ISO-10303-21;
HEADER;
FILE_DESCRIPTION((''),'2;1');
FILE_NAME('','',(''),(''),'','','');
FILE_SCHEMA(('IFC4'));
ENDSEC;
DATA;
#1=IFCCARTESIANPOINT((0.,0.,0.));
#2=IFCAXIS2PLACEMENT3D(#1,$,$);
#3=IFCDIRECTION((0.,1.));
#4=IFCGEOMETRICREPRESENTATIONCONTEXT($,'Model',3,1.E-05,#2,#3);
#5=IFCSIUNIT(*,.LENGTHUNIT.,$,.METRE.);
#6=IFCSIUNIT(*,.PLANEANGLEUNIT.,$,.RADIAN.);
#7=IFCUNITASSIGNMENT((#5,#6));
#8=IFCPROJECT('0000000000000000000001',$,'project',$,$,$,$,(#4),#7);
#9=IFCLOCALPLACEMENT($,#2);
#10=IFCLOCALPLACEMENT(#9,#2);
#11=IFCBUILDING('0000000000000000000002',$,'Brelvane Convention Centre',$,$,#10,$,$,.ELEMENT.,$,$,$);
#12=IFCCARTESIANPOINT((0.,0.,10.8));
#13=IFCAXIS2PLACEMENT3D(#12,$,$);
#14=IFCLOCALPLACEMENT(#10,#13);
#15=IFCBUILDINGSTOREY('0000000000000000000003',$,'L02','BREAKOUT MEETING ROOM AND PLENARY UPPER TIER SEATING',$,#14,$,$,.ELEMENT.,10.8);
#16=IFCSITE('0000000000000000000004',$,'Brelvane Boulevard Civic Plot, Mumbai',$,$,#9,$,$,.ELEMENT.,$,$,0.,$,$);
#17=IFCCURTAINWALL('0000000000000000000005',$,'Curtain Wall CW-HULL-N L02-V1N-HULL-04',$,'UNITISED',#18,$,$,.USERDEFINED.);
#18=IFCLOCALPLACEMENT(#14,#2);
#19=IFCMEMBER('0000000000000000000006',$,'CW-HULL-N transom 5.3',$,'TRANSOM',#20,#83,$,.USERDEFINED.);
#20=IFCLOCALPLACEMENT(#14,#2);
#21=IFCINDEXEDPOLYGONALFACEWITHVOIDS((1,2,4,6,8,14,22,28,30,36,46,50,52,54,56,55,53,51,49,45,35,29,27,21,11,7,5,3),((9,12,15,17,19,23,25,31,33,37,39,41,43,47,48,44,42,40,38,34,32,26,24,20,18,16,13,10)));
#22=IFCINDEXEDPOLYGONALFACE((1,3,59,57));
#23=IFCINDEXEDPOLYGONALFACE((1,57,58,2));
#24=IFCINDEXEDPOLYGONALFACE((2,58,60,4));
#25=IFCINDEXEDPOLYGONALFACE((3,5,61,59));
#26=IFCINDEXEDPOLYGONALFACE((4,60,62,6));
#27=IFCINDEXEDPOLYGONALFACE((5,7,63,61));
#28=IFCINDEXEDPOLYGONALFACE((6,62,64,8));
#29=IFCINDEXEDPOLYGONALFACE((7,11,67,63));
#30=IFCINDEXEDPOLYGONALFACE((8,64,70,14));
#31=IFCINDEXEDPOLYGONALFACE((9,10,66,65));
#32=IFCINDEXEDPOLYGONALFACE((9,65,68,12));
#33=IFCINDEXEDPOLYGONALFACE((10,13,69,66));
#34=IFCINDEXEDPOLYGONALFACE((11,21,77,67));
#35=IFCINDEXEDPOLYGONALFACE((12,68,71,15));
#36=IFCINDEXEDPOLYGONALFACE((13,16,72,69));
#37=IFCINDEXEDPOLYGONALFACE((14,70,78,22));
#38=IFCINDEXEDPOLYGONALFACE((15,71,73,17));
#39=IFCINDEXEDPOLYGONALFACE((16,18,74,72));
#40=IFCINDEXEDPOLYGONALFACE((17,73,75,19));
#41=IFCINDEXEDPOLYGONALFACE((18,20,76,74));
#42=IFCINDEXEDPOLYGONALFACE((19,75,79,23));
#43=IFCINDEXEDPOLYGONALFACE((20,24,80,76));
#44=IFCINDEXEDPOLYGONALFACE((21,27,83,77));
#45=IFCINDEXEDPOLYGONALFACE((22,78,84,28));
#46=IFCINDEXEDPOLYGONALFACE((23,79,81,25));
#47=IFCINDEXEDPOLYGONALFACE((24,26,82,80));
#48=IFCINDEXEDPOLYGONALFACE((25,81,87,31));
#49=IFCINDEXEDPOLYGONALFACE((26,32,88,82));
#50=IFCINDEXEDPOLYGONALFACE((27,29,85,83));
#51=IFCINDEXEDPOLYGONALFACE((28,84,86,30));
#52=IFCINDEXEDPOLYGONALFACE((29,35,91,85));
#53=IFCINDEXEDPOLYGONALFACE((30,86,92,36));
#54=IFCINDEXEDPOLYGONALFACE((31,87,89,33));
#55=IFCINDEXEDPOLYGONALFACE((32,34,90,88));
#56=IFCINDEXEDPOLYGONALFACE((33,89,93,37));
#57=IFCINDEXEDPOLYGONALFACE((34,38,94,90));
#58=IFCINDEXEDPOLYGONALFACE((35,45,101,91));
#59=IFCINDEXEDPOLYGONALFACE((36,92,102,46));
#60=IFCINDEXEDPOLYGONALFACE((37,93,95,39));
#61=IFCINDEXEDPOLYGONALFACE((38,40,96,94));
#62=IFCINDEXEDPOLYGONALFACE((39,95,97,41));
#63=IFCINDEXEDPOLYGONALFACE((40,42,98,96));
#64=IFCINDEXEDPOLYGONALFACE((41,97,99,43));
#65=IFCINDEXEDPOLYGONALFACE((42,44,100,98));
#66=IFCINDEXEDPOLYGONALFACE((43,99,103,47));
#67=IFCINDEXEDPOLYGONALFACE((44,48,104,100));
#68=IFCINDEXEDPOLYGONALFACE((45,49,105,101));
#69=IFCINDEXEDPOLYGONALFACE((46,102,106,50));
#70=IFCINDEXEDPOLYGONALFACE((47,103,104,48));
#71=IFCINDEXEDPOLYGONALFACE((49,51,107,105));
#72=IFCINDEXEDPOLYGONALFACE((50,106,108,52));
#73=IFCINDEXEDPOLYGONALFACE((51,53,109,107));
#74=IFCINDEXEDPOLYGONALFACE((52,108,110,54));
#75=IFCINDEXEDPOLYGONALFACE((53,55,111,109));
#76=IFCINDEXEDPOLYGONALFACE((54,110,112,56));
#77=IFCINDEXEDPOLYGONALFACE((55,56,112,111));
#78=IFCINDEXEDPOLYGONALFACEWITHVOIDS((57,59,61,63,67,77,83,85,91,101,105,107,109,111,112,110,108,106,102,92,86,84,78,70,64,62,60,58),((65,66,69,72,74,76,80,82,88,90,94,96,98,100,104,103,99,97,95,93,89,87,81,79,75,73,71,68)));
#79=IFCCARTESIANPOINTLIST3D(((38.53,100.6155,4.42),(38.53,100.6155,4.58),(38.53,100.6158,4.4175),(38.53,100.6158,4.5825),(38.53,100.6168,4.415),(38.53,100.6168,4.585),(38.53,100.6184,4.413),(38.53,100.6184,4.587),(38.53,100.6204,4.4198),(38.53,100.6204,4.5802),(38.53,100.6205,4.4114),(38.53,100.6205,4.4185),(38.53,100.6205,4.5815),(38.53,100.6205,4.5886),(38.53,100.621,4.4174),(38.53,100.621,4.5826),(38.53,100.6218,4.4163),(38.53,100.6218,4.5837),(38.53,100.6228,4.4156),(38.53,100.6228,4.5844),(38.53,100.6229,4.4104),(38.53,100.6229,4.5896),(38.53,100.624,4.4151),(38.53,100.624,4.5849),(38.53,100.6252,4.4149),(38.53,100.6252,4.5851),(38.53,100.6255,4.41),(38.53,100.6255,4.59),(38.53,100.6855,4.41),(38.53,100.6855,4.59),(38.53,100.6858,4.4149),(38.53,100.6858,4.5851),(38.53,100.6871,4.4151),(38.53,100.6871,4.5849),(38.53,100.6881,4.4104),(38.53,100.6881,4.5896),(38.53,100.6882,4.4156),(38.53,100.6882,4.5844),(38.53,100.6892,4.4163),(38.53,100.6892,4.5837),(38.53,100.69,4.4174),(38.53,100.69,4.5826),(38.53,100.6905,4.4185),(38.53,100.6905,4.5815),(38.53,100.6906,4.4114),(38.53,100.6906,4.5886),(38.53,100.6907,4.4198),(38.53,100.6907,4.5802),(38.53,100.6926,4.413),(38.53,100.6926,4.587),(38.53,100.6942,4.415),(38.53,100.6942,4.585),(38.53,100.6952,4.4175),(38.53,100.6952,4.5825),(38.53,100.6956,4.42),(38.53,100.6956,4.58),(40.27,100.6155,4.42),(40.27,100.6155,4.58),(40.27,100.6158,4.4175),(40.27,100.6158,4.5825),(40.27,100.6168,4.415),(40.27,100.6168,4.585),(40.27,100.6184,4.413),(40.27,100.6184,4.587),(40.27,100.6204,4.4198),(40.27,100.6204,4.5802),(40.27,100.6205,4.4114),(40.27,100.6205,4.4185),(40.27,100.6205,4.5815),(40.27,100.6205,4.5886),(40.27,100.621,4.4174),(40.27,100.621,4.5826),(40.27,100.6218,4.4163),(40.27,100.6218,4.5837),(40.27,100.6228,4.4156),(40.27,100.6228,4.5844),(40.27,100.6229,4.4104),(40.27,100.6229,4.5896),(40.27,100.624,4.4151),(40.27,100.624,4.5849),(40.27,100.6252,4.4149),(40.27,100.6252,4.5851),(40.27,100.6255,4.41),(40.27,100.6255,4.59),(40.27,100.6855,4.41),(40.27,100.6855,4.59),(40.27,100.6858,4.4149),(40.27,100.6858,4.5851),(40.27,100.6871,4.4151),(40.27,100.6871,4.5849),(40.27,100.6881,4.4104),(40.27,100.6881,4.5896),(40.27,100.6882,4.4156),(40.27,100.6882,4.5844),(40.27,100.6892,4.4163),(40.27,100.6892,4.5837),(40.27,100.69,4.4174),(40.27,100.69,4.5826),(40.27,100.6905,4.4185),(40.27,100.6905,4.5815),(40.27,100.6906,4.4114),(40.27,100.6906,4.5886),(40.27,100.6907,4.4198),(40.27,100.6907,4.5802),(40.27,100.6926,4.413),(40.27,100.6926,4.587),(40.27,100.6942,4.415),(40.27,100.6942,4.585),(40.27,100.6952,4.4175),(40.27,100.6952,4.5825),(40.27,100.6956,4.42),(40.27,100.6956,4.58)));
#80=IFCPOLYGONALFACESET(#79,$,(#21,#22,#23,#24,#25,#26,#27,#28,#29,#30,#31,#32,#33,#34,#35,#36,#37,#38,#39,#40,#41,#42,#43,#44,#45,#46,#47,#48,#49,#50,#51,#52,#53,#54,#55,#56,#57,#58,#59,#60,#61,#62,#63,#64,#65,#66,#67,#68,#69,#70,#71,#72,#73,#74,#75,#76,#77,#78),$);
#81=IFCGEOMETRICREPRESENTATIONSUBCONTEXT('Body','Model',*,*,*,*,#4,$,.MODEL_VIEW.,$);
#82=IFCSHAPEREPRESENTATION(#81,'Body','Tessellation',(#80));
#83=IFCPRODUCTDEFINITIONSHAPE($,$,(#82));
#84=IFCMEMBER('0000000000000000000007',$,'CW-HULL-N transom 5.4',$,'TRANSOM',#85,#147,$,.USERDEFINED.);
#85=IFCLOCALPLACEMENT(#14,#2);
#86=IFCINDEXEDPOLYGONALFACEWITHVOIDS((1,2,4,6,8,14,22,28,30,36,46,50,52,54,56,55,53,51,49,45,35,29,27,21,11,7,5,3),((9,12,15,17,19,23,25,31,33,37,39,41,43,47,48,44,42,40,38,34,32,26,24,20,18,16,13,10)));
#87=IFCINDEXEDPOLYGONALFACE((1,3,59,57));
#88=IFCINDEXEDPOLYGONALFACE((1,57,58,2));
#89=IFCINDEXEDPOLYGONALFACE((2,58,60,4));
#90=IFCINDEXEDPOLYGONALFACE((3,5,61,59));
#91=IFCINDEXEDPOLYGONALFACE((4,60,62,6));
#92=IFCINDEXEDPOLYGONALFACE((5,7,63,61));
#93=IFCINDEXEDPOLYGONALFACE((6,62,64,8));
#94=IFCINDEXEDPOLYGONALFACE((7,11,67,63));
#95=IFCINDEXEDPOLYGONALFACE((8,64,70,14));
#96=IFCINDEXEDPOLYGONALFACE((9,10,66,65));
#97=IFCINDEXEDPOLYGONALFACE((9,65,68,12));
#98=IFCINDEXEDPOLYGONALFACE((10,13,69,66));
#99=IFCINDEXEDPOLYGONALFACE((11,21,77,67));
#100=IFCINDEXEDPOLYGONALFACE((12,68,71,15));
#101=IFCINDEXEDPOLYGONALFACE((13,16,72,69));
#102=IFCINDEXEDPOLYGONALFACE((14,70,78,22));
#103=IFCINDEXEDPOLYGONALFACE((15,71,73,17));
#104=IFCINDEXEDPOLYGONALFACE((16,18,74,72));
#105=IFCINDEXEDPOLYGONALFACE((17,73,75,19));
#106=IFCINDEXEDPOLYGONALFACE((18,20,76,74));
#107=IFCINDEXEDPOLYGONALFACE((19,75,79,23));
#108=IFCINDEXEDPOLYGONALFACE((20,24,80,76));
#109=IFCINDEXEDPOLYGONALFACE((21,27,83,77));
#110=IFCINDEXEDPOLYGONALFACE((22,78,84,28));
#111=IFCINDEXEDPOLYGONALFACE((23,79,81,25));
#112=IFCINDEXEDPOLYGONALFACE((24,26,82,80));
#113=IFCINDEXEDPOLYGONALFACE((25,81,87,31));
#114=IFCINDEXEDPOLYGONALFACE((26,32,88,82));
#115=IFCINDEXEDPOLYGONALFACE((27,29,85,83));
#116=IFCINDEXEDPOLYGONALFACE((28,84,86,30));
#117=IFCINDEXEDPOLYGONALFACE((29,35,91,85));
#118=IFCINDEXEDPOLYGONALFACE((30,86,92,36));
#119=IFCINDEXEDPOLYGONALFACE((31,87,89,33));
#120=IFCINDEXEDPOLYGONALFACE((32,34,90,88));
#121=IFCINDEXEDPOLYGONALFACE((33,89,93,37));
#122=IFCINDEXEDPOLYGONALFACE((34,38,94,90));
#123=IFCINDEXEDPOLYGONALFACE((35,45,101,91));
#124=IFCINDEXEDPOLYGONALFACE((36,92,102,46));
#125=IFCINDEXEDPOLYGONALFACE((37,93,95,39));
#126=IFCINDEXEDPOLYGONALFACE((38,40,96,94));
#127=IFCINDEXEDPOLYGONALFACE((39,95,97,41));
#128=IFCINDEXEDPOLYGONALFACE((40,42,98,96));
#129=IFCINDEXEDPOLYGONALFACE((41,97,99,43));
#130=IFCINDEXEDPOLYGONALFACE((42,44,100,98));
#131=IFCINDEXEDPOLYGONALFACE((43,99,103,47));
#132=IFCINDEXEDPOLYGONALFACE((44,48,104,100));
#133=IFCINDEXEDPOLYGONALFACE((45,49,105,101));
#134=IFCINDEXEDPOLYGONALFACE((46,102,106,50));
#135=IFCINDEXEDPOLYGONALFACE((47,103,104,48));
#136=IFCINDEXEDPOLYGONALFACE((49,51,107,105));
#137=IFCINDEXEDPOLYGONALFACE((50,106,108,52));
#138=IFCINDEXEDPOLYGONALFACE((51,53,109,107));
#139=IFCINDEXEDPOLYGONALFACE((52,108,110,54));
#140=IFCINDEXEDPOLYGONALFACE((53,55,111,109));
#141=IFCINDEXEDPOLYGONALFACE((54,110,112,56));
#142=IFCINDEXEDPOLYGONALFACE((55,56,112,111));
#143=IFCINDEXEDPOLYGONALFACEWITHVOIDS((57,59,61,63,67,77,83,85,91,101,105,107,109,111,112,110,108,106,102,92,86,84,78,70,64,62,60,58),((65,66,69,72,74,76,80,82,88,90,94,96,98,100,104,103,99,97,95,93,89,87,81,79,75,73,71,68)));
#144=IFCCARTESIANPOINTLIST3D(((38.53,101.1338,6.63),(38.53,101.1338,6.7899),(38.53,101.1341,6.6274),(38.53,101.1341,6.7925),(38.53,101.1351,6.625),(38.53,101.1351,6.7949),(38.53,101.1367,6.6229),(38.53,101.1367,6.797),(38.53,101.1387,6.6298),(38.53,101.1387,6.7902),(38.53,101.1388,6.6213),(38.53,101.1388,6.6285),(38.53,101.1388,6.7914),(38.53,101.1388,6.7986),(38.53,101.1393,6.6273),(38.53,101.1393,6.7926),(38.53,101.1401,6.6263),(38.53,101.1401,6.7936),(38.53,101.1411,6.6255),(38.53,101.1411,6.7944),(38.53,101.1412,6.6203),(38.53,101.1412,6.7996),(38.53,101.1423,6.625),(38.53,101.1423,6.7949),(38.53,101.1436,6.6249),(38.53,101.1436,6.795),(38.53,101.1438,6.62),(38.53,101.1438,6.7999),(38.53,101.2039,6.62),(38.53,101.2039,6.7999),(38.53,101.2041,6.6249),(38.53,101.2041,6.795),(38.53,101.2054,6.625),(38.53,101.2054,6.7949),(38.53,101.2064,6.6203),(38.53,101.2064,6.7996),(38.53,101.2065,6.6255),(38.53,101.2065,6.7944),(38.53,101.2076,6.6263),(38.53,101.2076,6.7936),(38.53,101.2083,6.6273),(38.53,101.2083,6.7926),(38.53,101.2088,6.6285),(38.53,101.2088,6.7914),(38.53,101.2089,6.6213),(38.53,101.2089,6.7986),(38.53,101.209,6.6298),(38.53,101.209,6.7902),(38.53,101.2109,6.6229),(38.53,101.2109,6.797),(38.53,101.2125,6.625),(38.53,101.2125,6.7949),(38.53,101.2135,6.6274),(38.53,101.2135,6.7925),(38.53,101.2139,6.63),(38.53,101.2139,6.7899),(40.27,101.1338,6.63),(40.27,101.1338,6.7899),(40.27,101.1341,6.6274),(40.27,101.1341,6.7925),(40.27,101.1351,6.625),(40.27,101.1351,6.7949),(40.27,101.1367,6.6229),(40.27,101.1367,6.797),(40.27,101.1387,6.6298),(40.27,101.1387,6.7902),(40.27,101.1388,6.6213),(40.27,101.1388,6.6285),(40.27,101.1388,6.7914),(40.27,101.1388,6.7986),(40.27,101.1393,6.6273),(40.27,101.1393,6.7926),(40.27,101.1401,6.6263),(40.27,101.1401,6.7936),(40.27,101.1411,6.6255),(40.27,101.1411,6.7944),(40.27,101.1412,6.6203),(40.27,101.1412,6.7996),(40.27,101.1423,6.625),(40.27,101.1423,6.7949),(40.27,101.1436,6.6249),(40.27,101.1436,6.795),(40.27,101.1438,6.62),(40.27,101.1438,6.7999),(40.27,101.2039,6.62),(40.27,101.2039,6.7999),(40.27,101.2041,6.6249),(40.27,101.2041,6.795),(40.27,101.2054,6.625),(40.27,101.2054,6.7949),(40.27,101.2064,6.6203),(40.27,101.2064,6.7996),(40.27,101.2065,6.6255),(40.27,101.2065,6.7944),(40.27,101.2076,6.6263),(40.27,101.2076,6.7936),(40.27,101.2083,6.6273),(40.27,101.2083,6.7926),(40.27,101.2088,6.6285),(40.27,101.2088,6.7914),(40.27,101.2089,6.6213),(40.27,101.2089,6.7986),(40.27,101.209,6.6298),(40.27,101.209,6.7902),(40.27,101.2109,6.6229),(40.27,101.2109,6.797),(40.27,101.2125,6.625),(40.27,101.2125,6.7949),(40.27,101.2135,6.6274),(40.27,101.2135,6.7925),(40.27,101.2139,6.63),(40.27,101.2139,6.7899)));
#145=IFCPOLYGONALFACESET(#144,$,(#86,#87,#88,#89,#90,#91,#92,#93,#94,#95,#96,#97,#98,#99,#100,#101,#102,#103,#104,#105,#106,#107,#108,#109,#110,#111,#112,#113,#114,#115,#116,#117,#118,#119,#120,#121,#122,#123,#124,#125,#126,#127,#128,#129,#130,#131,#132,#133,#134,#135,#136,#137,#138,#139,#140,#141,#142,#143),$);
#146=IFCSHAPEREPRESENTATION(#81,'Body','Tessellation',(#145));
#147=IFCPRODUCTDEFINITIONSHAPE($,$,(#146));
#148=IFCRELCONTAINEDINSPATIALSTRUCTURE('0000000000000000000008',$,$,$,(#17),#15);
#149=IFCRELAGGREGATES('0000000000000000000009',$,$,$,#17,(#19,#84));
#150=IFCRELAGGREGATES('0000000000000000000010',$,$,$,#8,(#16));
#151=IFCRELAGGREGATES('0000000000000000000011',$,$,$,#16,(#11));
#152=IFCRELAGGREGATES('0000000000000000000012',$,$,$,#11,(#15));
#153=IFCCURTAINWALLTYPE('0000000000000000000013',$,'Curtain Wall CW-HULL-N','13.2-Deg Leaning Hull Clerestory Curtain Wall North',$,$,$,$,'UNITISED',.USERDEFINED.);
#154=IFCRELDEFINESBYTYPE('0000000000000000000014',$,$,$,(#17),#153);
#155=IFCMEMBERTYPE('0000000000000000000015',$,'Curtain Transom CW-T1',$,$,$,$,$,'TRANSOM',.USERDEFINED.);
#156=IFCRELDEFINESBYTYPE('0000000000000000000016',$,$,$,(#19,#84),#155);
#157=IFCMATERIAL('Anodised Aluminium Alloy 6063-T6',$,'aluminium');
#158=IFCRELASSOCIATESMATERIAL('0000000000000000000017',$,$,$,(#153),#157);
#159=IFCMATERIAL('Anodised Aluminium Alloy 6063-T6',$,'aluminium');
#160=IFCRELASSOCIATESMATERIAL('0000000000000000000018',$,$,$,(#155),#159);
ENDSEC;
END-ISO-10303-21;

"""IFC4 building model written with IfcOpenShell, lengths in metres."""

from ifc_helpers import new_model, si_unit, direction, frame, origin, origin_2d, place, context, subcontext, project, spatial, hollow_rectangle, extrude, material, material_profile, profile_set, type_object, element, aggregate, save


model = new_model("IFC4")

# Units and contexts
model_context = context("Model", 3, precision=1e-05, world=origin(), true_north=direction((0.0, 1.0)))
body_context = subcontext(model_context, "Body", "Model", "MODEL_VIEW")
ifc_project = project(units=[si_unit("LENGTHUNIT", "METRE"), si_unit("PLANEANGLEUNIT", "RADIAN")], contexts=[model_context])

# Site, building, storey
site_placement = place(None, origin())
site = spatial("IfcSite", under=ifc_project, at=site_placement, Name="Brelvane Boulevard Civic Plot, Mumbai", CompositionType="ELEMENT", RefElevation=0.0)
building_placement = place(site_placement, origin())
building = spatial("IfcBuilding", under=site, at=building_placement, Name="Brelvane Convention Centre", CompositionType="ELEMENT")
storey_placement = place(building_placement, frame((0.0, 0.0, 10.8)))
storey = spatial("IfcBuildingStorey", under=building, at=storey_placement, Name="L02", Description="BREAKOUT MEETING ROOM AND PLENARY UPPER TIER SEATING", CompositionType="ELEMENT", Elevation=10.8)

# Curtain wall
ifc_material_1 = material(Name="Anodised Aluminium Alloy 6063-T6", Category="aluminium")
curtain_wall_type = type_object("IfcCurtainWallType", Name="Curtain Wall CW-HULL-N", Description="13.2-Deg Leaning Hull Clerestory Curtain Wall North", ElementType="UNITISED", PredefinedType="USERDEFINED", material=ifc_material_1)
curtain_wall_1_placement = place(storey_placement, origin())
curtain_wall_1 = element("IfcCurtainWall", 1, at=curtain_wall_1_placement, inside=storey, type_object=curtain_wall_type, Name="Curtain Wall CW-HULL-N L02-V1N-HULL-04", ObjectType="UNITISED", PredefinedType="USERDEFINED")

# Members
ifc_material_2 = material(Name="Anodised Aluminium Alloy 6063-T6", Category="aluminium")
ifc_material_profile_1 = material_profile(ifc_material_2, hollow_rectangle(XDim=0.0801, YDim=0.1799, WallThickness=0.0049, InnerFilletRadius=0.0049, OuterFilletRadius=0.01, at=origin_2d()), Name="ALU-T 180x80x5.0")
ifc_profile_set_1 = profile_set([ifc_material_profile_1], Name="Anodised Aluminium Alloy 6063-T6")
member_type_1 = type_object("IfcMemberType", Name="Curtain Transom CW-T1", ElementType="TRANSOM", PredefinedType="USERDEFINED", material=ifc_profile_set_1)
member_1_placement = place(storey_placement, frame((38.53, 100.6555, 4.5), z_axis=(1.0, 0.0, 0.0), x_axis=(0.0, 1.0, 0.0)))
member_1 = element("IfcMember", 2, at=member_1_placement, type_object=member_type_1, Name="CW-HULL-N transom 5.3", ObjectType="TRANSOM", PredefinedType="USERDEFINED", context=body_context, shape_type="SweptSolid", body=[
    extrude(hollow_rectangle(XDim=0.0801, YDim=0.1799, WallThickness=0.0049, InnerFilletRadius=0.0049, OuterFilletRadius=0.01, at=origin_2d()), origin(), (0.0, 0.0, 1.0), 1.74),
])
member_2_placement = place(storey_placement, frame((38.53, 101.1738, 6.71), z_axis=(1.0, 0.0, 0.0), x_axis=(0.0, 1.0, 0.0)))
member_2 = element("IfcMember", 3, at=member_2_placement, type_object=member_type_1, Name="CW-HULL-N transom 5.4", ObjectType="TRANSOM", PredefinedType="USERDEFINED", context=body_context, shape_type="SweptSolid", body=[
    extrude(hollow_rectangle(XDim=0.0801, YDim=0.1799, WallThickness=0.0049, InnerFilletRadius=0.0049, OuterFilletRadius=0.01, at=origin_2d()), origin(), (0.0, 0.0, 1.0), 1.74),
])

aggregate(curtain_wall_1, [member_1, member_2])

save(model, "model.ifc")
